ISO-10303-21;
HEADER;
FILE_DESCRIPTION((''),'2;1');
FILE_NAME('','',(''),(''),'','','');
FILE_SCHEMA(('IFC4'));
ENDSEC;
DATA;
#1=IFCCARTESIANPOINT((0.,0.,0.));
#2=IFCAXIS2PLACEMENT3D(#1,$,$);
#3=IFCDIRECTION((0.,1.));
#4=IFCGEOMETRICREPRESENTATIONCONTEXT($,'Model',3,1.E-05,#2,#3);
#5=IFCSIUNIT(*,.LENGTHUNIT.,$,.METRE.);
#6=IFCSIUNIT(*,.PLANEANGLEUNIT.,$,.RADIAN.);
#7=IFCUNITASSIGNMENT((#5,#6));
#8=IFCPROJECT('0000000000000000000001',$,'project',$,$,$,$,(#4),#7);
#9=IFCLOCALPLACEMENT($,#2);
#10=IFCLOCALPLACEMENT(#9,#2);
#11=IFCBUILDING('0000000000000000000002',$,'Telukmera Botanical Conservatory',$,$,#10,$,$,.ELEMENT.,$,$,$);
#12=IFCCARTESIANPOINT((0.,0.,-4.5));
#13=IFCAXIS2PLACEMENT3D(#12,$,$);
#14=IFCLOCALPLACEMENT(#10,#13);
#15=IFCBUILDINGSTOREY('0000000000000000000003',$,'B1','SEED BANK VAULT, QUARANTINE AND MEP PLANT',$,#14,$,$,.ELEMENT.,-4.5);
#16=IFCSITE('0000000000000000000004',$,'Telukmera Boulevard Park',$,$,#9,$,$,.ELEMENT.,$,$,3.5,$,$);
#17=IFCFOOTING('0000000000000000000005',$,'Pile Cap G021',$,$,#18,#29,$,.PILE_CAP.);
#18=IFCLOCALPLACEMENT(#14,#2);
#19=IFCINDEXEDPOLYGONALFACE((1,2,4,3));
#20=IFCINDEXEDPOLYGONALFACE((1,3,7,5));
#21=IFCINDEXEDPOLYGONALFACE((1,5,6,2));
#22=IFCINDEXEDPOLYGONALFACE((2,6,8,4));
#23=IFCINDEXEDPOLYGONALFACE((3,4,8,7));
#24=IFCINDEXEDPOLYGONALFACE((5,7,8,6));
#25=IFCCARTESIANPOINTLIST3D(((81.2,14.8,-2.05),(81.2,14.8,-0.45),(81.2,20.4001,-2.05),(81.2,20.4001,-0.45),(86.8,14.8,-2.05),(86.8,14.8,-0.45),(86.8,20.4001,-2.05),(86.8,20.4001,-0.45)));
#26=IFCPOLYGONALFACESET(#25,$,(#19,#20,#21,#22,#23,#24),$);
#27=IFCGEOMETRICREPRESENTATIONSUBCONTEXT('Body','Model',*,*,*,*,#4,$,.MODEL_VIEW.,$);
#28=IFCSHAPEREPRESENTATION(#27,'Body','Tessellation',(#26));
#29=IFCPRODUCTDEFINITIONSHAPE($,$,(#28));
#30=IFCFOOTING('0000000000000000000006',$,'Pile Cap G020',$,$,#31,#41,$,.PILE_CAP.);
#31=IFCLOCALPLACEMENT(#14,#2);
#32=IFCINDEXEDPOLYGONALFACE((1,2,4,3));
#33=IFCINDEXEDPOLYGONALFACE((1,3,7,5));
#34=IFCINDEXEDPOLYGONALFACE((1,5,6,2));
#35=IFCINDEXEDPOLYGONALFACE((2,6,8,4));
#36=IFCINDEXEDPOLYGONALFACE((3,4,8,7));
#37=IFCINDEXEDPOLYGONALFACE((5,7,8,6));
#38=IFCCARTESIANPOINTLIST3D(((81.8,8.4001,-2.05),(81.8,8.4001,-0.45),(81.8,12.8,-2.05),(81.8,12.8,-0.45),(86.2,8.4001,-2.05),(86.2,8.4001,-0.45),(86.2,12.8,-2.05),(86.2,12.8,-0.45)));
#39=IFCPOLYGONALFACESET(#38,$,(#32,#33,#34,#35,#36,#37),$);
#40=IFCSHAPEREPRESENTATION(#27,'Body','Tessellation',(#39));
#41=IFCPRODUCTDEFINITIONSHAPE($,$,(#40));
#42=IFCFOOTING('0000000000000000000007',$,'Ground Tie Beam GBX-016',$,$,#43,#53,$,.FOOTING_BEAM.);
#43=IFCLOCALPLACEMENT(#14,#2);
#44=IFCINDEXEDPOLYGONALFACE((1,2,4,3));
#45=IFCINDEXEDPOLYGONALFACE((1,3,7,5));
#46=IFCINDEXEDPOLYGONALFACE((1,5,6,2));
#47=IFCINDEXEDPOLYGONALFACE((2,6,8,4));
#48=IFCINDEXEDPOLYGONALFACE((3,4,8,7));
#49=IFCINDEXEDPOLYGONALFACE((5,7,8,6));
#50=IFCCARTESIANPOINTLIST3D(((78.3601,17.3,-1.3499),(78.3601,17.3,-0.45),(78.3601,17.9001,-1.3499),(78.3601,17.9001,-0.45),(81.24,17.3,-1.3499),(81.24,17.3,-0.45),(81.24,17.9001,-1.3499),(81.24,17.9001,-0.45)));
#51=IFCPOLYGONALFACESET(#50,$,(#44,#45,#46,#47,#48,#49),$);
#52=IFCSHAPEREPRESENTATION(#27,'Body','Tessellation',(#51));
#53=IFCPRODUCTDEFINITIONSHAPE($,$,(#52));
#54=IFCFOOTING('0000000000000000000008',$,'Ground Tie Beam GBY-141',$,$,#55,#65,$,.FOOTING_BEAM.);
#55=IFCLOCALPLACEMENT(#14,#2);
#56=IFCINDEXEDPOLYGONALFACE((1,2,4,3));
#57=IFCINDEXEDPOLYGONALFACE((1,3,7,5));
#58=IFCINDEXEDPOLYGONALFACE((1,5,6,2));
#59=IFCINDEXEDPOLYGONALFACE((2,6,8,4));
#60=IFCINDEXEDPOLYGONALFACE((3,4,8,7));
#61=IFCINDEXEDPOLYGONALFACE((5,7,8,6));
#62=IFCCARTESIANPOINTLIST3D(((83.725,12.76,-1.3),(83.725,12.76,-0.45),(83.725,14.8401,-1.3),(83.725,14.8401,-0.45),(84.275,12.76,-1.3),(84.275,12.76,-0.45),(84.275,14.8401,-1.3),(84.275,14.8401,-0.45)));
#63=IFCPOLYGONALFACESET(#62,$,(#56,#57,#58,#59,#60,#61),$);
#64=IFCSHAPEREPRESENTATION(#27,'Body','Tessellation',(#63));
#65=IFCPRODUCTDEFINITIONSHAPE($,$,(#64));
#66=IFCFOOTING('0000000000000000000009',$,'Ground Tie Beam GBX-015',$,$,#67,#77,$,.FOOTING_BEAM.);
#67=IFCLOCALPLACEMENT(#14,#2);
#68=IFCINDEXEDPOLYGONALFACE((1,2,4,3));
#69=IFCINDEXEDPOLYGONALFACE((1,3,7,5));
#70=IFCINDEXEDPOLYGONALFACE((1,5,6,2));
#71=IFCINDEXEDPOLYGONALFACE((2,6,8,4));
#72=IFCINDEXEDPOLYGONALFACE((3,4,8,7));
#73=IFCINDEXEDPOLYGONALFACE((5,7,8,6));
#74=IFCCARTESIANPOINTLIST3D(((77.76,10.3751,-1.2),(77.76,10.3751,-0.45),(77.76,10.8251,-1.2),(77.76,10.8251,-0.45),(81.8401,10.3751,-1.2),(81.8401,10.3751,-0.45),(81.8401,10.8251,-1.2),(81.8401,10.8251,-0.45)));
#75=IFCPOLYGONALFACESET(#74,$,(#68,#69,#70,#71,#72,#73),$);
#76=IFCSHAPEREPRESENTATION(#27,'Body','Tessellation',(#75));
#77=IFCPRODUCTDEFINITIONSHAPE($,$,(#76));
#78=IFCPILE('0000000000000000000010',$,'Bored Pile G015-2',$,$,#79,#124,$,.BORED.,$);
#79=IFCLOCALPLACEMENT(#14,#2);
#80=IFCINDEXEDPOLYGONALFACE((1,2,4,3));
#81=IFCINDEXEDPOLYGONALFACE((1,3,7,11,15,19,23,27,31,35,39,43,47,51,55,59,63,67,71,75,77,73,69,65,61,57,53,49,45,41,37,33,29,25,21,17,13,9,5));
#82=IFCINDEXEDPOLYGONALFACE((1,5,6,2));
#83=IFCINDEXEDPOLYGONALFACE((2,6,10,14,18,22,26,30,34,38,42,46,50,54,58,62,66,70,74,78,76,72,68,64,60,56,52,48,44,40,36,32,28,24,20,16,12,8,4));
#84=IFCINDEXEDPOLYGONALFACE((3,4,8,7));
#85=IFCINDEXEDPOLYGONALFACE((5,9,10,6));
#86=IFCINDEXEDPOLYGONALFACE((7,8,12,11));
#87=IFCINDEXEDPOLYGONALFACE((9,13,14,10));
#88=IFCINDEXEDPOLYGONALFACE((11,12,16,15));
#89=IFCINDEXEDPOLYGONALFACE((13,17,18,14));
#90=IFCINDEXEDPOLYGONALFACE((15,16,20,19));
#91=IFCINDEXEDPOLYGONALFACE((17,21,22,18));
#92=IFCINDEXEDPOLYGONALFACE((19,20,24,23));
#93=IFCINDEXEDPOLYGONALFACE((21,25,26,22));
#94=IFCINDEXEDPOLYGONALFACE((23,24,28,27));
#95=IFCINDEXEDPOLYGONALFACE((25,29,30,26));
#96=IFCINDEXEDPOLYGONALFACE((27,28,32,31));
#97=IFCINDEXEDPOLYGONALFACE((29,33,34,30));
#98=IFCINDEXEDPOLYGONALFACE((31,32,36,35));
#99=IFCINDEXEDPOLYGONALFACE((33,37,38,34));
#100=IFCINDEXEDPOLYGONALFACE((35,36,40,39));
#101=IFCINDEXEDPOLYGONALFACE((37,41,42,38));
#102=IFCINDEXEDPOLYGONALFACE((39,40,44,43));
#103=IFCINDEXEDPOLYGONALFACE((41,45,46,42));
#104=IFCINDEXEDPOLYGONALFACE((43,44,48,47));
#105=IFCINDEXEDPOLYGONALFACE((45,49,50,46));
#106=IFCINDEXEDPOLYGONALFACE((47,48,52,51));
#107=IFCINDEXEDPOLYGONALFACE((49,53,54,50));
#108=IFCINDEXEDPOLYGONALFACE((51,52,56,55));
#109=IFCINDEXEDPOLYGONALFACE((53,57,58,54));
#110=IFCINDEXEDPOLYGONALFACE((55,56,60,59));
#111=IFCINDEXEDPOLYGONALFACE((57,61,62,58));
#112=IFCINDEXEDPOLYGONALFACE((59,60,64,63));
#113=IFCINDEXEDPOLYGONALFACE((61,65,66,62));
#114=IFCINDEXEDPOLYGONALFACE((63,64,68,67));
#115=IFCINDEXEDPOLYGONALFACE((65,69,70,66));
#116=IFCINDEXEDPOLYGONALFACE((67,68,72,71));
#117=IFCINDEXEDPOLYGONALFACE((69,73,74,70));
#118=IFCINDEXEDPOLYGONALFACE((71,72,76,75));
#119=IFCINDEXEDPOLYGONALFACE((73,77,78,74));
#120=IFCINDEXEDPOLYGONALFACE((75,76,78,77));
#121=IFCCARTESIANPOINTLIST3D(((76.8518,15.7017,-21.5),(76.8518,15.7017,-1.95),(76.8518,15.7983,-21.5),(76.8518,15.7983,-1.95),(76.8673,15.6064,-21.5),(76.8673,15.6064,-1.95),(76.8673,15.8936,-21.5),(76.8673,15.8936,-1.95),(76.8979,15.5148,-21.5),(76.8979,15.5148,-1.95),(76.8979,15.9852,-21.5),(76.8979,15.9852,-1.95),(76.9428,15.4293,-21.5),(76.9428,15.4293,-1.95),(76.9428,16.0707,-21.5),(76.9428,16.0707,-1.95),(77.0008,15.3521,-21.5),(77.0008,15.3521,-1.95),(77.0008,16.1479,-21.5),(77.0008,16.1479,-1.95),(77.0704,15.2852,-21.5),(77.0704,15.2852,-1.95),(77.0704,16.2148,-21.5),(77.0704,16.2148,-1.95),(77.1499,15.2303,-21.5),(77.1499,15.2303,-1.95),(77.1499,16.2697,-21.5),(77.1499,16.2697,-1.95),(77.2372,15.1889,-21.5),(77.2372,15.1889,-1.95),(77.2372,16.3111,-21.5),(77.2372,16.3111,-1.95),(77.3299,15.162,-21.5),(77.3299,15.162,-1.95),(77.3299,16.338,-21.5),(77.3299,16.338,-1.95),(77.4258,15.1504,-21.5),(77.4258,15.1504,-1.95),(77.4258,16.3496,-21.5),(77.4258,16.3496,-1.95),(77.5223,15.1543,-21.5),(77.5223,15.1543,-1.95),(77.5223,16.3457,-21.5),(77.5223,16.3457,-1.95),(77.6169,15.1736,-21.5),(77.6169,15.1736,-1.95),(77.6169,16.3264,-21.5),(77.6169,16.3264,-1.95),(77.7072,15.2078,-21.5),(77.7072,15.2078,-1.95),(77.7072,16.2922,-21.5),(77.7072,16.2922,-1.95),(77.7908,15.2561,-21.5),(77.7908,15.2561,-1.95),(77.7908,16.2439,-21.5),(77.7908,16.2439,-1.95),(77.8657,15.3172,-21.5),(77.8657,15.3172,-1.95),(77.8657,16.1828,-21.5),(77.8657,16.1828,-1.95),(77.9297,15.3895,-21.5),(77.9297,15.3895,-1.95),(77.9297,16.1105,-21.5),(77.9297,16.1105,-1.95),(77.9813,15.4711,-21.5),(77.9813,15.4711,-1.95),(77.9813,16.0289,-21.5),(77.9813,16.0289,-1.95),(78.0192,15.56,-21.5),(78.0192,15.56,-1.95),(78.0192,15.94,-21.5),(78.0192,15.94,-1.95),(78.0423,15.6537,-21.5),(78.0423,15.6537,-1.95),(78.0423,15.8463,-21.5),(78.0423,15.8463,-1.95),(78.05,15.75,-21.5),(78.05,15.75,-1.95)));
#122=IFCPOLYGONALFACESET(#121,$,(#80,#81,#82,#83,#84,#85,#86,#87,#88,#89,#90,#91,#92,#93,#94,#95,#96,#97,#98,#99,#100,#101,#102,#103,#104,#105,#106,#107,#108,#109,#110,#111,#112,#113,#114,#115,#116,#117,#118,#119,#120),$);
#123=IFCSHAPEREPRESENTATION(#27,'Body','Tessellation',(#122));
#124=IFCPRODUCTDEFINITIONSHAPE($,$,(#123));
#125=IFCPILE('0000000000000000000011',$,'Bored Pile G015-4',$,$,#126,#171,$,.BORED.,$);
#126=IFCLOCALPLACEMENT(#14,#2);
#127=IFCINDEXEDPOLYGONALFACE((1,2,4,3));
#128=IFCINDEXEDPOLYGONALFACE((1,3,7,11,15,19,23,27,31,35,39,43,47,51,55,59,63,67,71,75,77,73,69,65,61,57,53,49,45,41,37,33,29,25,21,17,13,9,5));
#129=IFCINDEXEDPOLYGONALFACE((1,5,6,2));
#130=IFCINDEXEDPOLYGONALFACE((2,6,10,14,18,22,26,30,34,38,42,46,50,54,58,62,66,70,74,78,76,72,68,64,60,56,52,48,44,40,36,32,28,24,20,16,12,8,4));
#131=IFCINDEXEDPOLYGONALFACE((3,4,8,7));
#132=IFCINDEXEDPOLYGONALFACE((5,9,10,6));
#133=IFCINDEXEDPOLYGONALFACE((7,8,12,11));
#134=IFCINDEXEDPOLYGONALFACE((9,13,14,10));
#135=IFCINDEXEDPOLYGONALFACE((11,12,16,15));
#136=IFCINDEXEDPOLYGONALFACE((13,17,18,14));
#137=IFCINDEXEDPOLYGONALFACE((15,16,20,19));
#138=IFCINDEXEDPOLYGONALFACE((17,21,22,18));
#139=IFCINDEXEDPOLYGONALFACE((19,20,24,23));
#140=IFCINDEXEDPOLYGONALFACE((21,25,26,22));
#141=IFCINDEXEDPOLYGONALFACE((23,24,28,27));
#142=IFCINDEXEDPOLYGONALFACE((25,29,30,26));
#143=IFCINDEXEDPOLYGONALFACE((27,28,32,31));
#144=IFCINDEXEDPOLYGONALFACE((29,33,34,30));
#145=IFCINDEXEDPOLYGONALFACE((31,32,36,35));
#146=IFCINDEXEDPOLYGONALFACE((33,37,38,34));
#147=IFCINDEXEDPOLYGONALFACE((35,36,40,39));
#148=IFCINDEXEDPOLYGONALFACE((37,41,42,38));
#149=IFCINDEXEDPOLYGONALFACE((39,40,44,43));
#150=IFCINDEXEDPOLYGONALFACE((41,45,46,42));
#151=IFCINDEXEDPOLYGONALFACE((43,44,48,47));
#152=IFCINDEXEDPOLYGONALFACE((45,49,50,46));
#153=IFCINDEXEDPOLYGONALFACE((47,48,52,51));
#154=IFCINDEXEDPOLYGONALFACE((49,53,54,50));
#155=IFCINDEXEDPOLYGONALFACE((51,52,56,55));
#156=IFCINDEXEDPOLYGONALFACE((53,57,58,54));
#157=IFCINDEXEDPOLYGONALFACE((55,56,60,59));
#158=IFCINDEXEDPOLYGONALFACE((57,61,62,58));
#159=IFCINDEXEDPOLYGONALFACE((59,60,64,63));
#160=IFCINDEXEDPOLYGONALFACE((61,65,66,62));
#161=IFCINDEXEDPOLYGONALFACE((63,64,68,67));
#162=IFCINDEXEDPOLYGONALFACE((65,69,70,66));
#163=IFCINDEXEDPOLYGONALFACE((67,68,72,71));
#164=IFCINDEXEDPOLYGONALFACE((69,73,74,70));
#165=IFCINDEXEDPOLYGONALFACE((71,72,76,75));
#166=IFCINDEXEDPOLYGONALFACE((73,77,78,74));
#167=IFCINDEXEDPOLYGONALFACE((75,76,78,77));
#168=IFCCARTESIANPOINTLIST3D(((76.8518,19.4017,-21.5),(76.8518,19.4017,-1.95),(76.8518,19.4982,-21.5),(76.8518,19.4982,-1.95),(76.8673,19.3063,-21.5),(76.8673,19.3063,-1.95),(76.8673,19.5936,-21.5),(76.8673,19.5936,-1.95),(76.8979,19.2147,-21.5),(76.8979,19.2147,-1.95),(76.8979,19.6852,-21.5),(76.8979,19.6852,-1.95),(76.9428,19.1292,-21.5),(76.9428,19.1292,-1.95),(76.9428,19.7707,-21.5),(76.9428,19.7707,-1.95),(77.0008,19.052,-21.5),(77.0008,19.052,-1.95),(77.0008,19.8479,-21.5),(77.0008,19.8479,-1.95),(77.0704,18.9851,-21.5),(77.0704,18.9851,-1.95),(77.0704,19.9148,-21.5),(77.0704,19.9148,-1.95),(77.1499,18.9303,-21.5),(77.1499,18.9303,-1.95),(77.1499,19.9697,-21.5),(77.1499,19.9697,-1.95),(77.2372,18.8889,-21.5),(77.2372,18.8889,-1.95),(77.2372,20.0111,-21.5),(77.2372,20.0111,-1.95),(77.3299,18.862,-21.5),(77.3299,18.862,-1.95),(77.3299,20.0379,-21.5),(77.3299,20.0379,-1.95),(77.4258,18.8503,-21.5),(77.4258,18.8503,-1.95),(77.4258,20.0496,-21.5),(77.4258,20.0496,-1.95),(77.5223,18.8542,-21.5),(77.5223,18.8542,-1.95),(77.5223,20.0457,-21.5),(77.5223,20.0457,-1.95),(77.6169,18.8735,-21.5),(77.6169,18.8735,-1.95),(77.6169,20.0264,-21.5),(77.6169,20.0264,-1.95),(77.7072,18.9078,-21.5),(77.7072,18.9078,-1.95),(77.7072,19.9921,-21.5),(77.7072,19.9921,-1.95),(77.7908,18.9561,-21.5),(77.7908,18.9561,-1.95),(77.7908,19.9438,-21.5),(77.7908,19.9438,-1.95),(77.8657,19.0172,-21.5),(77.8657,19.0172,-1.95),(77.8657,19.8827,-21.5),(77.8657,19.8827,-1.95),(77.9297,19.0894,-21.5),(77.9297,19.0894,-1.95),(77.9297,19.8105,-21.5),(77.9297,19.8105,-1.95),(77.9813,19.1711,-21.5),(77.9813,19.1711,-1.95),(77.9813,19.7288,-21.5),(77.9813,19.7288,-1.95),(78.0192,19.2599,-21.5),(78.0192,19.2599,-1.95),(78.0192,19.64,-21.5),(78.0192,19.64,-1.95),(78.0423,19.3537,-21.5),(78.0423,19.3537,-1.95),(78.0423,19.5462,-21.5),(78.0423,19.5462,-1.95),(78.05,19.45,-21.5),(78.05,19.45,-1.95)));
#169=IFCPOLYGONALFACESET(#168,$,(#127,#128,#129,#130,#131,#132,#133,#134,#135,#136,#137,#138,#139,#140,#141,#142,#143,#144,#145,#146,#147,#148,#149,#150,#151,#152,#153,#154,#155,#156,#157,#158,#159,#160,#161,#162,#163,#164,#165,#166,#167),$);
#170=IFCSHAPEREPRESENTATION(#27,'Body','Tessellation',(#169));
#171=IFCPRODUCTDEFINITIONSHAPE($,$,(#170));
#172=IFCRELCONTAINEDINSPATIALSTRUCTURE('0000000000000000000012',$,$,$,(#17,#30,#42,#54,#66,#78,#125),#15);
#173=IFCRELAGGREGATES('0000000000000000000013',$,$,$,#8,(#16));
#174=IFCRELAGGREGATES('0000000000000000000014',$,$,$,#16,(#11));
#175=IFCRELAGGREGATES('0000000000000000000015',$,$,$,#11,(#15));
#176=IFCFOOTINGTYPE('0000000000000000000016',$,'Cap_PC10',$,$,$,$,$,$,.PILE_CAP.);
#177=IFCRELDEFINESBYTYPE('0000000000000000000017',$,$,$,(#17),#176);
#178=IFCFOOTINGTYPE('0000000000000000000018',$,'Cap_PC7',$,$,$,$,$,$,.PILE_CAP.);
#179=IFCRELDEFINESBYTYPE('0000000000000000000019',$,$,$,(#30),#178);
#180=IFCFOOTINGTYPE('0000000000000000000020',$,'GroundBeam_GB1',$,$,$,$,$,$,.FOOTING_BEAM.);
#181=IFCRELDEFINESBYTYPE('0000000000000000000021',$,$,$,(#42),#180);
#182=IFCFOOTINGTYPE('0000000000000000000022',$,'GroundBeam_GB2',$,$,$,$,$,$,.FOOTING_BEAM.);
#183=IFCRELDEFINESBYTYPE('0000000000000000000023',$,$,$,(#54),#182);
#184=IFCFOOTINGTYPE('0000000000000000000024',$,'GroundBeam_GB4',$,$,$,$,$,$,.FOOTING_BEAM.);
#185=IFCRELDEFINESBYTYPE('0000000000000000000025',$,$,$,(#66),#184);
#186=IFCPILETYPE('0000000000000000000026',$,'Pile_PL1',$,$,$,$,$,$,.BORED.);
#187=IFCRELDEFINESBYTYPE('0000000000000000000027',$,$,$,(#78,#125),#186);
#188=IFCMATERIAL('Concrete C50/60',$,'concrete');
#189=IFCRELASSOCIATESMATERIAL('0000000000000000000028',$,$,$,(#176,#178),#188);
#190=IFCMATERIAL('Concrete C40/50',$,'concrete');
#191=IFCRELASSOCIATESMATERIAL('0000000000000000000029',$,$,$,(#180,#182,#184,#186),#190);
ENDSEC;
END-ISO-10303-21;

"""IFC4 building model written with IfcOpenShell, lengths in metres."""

from ifc_helpers import new_model, si_unit, direction, frame, origin, origin_2d, place, context, subcontext, project, spatial, rectangle, circle, extrude, material, material_profile, profile_set, type_object, element, save


model = new_model("IFC4")

# Units and contexts
model_context = context("Model", 3, precision=1e-05, world=origin(), true_north=direction((0.0, 1.0)))
body_context = subcontext(model_context, "Body", "Model", "MODEL_VIEW")
ifc_project = project(units=[si_unit("LENGTHUNIT", "METRE"), si_unit("PLANEANGLEUNIT", "RADIAN")], contexts=[model_context])

# Site, building, storey
site_placement = place(None, origin())
site = spatial("IfcSite", under=ifc_project, at=site_placement, Name="Telukmera Boulevard Park", CompositionType="ELEMENT", RefElevation=3.5)
building_placement = place(site_placement, origin())
building = spatial("IfcBuilding", under=site, at=building_placement, Name="Telukmera Botanical Conservatory", CompositionType="ELEMENT")
storey_placement = place(building_placement, frame((0.0, 0.0, -4.5)))
storey = spatial("IfcBuildingStorey", under=building, at=storey_placement, Name="B1", Description="SEED BANK VAULT, QUARANTINE AND MEP PLANT", CompositionType="ELEMENT", Elevation=-4.5)

# Footings
ifc_material_1 = material(Name="Concrete C50/60", Category="concrete")
footing_type_1 = type_object("IfcFootingType", Name="Cap_PC10", PredefinedType="PILE_CAP", material=ifc_material_1)
footing_1_placement = place(storey_placement, frame((84.0, 17.6001, -2.05), z_axis=(0.0, 0.0, 1.0), x_axis=(1.0, 0.0, 0.0)))
element("IfcFooting", 1, at=footing_1_placement, inside=storey, type_object=footing_type_1, Name="Pile Cap G021", PredefinedType="PILE_CAP", context=body_context, shape_type="SweptSolid", body=[
    extrude(rectangle(XDim=5.6001, YDim=5.6001, at=origin_2d()), origin(), (0.0, 0.0, 1.0), 1.6001),
])
footing_type_2 = type_object("IfcFootingType", Name="Cap_PC7", PredefinedType="PILE_CAP", material=ifc_material_1)
footing_2_placement = place(storey_placement, frame((84.0, 10.6001, -2.05), z_axis=(0.0, 0.0, 1.0), x_axis=(1.0, 0.0, 0.0)))
element("IfcFooting", 2, at=footing_2_placement, inside=storey, type_object=footing_type_2, Name="Pile Cap G020", PredefinedType="PILE_CAP", context=body_context, shape_type="SweptSolid", body=[
    extrude(rectangle(XDim=4.3999, YDim=4.3999, at=origin_2d()), origin(), (0.0, 0.0, 1.0), 1.6001),
])
ifc_material_2 = material(Name="Concrete C40/50", Category="concrete")
ifc_material_profile_1 = material_profile(ifc_material_2, rectangle(XDim=0.6001, YDim=0.8999, at=origin_2d()), Name="RC 600x900")
ifc_profile_set_1 = profile_set([ifc_material_profile_1], Name="Concrete C40/50")
footing_type_3 = type_object("IfcFootingType", Name="GroundBeam_GB1", PredefinedType="FOOTING_BEAM", material=ifc_profile_set_1)
footing_3_placement = place(storey_placement, frame((78.3601, 17.6001, -0.8999), z_axis=(1.0, 0.0, 0.0), x_axis=(0.0, 1.0, 0.0)))
element("IfcFooting", 3, at=footing_3_placement, inside=storey, type_object=footing_type_3, Name="Ground Tie Beam GBX-016", PredefinedType="FOOTING_BEAM", context=body_context, shape_type="SweptSolid", body=[
    extrude(rectangle(XDim=0.6001, YDim=0.8999, at=origin_2d()), origin(), (0.0, 0.0, 1.0), 2.8799),
])
ifc_material_profile_2 = material_profile(ifc_material_2, rectangle(XDim=0.55, YDim=0.8501, at=origin_2d()), Name="RC 550x850")
ifc_profile_set_2 = profile_set([ifc_material_profile_2], Name="Concrete C40/50")
footing_type_4 = type_object("IfcFootingType", Name="GroundBeam_GB2", PredefinedType="FOOTING_BEAM", material=ifc_profile_set_2)
footing_4_placement = place(storey_placement, frame((84.0, 12.76, -0.875), z_axis=(0.0, 1.0, 0.0), x_axis=(-1.0, 0.0, 0.0)))
element("IfcFooting", 4, at=footing_4_placement, inside=storey, type_object=footing_type_4, Name="Ground Tie Beam GBY-141", PredefinedType="FOOTING_BEAM", context=body_context, shape_type="SweptSolid", body=[
    extrude(rectangle(XDim=0.55, YDim=0.8501, at=origin_2d()), origin(), (0.0, 0.0, 1.0), 2.0801),
])
ifc_material_profile_3 = material_profile(ifc_material_2, rectangle(XDim=0.45, YDim=0.75, at=origin_2d()), Name="RC 450x750")
ifc_profile_set_3 = profile_set([ifc_material_profile_3], Name="Concrete C40/50")
footing_type_5 = type_object("IfcFootingType", Name="GroundBeam_GB4", PredefinedType="FOOTING_BEAM", material=ifc_profile_set_3)
footing_5_placement = place(storey_placement, frame((77.76, 10.6001, -0.825), z_axis=(1.0, 0.0, 0.0), x_axis=(0.0, 1.0, 0.0)))
element("IfcFooting", 5, at=footing_5_placement, inside=storey, type_object=footing_type_5, Name="Ground Tie Beam GBX-015", PredefinedType="FOOTING_BEAM", context=body_context, shape_type="SweptSolid", body=[
    extrude(rectangle(XDim=0.45, YDim=0.75, at=origin_2d()), origin(), (0.0, 0.0, 1.0), 4.0801),
])

# Piles
ifc_material_profile_4 = material_profile(ifc_material_2, circle(Radius=0.6001, at=origin_2d()), Name="PILE D1200")
ifc_profile_set_4 = profile_set([ifc_material_profile_4], Name="Concrete C40/50")
pile_type_1 = type_object("IfcPileType", Name="Pile_PL1", PredefinedType="BORED", material=ifc_profile_set_4)
for number, where, z_axis, x_axis, name in (
    (6, (77.45, 15.75, -1.95), (0.0, 0.0, -1.0), (1.0, 0.0, 0.0), "Bored Pile G015-2"),
    (7, (77.45, 19.45, -1.95), (0.0, 0.0, -1.0), (1.0, 0.0, 0.0), "Bored Pile G015-4"),
):
    element("IfcPile", number, at=place(storey_placement, frame(where, z_axis=z_axis, x_axis=x_axis)), inside=storey, type_object=pile_type_1, Name=name, PredefinedType="BORED", context=body_context, shape_type="SweptSolid", body=[
        extrude(circle(Radius=0.6001, at=origin_2d()), origin(), (0.0, 0.0, 1.0), 19.55),
    ])

save(model, "model.ifc")
